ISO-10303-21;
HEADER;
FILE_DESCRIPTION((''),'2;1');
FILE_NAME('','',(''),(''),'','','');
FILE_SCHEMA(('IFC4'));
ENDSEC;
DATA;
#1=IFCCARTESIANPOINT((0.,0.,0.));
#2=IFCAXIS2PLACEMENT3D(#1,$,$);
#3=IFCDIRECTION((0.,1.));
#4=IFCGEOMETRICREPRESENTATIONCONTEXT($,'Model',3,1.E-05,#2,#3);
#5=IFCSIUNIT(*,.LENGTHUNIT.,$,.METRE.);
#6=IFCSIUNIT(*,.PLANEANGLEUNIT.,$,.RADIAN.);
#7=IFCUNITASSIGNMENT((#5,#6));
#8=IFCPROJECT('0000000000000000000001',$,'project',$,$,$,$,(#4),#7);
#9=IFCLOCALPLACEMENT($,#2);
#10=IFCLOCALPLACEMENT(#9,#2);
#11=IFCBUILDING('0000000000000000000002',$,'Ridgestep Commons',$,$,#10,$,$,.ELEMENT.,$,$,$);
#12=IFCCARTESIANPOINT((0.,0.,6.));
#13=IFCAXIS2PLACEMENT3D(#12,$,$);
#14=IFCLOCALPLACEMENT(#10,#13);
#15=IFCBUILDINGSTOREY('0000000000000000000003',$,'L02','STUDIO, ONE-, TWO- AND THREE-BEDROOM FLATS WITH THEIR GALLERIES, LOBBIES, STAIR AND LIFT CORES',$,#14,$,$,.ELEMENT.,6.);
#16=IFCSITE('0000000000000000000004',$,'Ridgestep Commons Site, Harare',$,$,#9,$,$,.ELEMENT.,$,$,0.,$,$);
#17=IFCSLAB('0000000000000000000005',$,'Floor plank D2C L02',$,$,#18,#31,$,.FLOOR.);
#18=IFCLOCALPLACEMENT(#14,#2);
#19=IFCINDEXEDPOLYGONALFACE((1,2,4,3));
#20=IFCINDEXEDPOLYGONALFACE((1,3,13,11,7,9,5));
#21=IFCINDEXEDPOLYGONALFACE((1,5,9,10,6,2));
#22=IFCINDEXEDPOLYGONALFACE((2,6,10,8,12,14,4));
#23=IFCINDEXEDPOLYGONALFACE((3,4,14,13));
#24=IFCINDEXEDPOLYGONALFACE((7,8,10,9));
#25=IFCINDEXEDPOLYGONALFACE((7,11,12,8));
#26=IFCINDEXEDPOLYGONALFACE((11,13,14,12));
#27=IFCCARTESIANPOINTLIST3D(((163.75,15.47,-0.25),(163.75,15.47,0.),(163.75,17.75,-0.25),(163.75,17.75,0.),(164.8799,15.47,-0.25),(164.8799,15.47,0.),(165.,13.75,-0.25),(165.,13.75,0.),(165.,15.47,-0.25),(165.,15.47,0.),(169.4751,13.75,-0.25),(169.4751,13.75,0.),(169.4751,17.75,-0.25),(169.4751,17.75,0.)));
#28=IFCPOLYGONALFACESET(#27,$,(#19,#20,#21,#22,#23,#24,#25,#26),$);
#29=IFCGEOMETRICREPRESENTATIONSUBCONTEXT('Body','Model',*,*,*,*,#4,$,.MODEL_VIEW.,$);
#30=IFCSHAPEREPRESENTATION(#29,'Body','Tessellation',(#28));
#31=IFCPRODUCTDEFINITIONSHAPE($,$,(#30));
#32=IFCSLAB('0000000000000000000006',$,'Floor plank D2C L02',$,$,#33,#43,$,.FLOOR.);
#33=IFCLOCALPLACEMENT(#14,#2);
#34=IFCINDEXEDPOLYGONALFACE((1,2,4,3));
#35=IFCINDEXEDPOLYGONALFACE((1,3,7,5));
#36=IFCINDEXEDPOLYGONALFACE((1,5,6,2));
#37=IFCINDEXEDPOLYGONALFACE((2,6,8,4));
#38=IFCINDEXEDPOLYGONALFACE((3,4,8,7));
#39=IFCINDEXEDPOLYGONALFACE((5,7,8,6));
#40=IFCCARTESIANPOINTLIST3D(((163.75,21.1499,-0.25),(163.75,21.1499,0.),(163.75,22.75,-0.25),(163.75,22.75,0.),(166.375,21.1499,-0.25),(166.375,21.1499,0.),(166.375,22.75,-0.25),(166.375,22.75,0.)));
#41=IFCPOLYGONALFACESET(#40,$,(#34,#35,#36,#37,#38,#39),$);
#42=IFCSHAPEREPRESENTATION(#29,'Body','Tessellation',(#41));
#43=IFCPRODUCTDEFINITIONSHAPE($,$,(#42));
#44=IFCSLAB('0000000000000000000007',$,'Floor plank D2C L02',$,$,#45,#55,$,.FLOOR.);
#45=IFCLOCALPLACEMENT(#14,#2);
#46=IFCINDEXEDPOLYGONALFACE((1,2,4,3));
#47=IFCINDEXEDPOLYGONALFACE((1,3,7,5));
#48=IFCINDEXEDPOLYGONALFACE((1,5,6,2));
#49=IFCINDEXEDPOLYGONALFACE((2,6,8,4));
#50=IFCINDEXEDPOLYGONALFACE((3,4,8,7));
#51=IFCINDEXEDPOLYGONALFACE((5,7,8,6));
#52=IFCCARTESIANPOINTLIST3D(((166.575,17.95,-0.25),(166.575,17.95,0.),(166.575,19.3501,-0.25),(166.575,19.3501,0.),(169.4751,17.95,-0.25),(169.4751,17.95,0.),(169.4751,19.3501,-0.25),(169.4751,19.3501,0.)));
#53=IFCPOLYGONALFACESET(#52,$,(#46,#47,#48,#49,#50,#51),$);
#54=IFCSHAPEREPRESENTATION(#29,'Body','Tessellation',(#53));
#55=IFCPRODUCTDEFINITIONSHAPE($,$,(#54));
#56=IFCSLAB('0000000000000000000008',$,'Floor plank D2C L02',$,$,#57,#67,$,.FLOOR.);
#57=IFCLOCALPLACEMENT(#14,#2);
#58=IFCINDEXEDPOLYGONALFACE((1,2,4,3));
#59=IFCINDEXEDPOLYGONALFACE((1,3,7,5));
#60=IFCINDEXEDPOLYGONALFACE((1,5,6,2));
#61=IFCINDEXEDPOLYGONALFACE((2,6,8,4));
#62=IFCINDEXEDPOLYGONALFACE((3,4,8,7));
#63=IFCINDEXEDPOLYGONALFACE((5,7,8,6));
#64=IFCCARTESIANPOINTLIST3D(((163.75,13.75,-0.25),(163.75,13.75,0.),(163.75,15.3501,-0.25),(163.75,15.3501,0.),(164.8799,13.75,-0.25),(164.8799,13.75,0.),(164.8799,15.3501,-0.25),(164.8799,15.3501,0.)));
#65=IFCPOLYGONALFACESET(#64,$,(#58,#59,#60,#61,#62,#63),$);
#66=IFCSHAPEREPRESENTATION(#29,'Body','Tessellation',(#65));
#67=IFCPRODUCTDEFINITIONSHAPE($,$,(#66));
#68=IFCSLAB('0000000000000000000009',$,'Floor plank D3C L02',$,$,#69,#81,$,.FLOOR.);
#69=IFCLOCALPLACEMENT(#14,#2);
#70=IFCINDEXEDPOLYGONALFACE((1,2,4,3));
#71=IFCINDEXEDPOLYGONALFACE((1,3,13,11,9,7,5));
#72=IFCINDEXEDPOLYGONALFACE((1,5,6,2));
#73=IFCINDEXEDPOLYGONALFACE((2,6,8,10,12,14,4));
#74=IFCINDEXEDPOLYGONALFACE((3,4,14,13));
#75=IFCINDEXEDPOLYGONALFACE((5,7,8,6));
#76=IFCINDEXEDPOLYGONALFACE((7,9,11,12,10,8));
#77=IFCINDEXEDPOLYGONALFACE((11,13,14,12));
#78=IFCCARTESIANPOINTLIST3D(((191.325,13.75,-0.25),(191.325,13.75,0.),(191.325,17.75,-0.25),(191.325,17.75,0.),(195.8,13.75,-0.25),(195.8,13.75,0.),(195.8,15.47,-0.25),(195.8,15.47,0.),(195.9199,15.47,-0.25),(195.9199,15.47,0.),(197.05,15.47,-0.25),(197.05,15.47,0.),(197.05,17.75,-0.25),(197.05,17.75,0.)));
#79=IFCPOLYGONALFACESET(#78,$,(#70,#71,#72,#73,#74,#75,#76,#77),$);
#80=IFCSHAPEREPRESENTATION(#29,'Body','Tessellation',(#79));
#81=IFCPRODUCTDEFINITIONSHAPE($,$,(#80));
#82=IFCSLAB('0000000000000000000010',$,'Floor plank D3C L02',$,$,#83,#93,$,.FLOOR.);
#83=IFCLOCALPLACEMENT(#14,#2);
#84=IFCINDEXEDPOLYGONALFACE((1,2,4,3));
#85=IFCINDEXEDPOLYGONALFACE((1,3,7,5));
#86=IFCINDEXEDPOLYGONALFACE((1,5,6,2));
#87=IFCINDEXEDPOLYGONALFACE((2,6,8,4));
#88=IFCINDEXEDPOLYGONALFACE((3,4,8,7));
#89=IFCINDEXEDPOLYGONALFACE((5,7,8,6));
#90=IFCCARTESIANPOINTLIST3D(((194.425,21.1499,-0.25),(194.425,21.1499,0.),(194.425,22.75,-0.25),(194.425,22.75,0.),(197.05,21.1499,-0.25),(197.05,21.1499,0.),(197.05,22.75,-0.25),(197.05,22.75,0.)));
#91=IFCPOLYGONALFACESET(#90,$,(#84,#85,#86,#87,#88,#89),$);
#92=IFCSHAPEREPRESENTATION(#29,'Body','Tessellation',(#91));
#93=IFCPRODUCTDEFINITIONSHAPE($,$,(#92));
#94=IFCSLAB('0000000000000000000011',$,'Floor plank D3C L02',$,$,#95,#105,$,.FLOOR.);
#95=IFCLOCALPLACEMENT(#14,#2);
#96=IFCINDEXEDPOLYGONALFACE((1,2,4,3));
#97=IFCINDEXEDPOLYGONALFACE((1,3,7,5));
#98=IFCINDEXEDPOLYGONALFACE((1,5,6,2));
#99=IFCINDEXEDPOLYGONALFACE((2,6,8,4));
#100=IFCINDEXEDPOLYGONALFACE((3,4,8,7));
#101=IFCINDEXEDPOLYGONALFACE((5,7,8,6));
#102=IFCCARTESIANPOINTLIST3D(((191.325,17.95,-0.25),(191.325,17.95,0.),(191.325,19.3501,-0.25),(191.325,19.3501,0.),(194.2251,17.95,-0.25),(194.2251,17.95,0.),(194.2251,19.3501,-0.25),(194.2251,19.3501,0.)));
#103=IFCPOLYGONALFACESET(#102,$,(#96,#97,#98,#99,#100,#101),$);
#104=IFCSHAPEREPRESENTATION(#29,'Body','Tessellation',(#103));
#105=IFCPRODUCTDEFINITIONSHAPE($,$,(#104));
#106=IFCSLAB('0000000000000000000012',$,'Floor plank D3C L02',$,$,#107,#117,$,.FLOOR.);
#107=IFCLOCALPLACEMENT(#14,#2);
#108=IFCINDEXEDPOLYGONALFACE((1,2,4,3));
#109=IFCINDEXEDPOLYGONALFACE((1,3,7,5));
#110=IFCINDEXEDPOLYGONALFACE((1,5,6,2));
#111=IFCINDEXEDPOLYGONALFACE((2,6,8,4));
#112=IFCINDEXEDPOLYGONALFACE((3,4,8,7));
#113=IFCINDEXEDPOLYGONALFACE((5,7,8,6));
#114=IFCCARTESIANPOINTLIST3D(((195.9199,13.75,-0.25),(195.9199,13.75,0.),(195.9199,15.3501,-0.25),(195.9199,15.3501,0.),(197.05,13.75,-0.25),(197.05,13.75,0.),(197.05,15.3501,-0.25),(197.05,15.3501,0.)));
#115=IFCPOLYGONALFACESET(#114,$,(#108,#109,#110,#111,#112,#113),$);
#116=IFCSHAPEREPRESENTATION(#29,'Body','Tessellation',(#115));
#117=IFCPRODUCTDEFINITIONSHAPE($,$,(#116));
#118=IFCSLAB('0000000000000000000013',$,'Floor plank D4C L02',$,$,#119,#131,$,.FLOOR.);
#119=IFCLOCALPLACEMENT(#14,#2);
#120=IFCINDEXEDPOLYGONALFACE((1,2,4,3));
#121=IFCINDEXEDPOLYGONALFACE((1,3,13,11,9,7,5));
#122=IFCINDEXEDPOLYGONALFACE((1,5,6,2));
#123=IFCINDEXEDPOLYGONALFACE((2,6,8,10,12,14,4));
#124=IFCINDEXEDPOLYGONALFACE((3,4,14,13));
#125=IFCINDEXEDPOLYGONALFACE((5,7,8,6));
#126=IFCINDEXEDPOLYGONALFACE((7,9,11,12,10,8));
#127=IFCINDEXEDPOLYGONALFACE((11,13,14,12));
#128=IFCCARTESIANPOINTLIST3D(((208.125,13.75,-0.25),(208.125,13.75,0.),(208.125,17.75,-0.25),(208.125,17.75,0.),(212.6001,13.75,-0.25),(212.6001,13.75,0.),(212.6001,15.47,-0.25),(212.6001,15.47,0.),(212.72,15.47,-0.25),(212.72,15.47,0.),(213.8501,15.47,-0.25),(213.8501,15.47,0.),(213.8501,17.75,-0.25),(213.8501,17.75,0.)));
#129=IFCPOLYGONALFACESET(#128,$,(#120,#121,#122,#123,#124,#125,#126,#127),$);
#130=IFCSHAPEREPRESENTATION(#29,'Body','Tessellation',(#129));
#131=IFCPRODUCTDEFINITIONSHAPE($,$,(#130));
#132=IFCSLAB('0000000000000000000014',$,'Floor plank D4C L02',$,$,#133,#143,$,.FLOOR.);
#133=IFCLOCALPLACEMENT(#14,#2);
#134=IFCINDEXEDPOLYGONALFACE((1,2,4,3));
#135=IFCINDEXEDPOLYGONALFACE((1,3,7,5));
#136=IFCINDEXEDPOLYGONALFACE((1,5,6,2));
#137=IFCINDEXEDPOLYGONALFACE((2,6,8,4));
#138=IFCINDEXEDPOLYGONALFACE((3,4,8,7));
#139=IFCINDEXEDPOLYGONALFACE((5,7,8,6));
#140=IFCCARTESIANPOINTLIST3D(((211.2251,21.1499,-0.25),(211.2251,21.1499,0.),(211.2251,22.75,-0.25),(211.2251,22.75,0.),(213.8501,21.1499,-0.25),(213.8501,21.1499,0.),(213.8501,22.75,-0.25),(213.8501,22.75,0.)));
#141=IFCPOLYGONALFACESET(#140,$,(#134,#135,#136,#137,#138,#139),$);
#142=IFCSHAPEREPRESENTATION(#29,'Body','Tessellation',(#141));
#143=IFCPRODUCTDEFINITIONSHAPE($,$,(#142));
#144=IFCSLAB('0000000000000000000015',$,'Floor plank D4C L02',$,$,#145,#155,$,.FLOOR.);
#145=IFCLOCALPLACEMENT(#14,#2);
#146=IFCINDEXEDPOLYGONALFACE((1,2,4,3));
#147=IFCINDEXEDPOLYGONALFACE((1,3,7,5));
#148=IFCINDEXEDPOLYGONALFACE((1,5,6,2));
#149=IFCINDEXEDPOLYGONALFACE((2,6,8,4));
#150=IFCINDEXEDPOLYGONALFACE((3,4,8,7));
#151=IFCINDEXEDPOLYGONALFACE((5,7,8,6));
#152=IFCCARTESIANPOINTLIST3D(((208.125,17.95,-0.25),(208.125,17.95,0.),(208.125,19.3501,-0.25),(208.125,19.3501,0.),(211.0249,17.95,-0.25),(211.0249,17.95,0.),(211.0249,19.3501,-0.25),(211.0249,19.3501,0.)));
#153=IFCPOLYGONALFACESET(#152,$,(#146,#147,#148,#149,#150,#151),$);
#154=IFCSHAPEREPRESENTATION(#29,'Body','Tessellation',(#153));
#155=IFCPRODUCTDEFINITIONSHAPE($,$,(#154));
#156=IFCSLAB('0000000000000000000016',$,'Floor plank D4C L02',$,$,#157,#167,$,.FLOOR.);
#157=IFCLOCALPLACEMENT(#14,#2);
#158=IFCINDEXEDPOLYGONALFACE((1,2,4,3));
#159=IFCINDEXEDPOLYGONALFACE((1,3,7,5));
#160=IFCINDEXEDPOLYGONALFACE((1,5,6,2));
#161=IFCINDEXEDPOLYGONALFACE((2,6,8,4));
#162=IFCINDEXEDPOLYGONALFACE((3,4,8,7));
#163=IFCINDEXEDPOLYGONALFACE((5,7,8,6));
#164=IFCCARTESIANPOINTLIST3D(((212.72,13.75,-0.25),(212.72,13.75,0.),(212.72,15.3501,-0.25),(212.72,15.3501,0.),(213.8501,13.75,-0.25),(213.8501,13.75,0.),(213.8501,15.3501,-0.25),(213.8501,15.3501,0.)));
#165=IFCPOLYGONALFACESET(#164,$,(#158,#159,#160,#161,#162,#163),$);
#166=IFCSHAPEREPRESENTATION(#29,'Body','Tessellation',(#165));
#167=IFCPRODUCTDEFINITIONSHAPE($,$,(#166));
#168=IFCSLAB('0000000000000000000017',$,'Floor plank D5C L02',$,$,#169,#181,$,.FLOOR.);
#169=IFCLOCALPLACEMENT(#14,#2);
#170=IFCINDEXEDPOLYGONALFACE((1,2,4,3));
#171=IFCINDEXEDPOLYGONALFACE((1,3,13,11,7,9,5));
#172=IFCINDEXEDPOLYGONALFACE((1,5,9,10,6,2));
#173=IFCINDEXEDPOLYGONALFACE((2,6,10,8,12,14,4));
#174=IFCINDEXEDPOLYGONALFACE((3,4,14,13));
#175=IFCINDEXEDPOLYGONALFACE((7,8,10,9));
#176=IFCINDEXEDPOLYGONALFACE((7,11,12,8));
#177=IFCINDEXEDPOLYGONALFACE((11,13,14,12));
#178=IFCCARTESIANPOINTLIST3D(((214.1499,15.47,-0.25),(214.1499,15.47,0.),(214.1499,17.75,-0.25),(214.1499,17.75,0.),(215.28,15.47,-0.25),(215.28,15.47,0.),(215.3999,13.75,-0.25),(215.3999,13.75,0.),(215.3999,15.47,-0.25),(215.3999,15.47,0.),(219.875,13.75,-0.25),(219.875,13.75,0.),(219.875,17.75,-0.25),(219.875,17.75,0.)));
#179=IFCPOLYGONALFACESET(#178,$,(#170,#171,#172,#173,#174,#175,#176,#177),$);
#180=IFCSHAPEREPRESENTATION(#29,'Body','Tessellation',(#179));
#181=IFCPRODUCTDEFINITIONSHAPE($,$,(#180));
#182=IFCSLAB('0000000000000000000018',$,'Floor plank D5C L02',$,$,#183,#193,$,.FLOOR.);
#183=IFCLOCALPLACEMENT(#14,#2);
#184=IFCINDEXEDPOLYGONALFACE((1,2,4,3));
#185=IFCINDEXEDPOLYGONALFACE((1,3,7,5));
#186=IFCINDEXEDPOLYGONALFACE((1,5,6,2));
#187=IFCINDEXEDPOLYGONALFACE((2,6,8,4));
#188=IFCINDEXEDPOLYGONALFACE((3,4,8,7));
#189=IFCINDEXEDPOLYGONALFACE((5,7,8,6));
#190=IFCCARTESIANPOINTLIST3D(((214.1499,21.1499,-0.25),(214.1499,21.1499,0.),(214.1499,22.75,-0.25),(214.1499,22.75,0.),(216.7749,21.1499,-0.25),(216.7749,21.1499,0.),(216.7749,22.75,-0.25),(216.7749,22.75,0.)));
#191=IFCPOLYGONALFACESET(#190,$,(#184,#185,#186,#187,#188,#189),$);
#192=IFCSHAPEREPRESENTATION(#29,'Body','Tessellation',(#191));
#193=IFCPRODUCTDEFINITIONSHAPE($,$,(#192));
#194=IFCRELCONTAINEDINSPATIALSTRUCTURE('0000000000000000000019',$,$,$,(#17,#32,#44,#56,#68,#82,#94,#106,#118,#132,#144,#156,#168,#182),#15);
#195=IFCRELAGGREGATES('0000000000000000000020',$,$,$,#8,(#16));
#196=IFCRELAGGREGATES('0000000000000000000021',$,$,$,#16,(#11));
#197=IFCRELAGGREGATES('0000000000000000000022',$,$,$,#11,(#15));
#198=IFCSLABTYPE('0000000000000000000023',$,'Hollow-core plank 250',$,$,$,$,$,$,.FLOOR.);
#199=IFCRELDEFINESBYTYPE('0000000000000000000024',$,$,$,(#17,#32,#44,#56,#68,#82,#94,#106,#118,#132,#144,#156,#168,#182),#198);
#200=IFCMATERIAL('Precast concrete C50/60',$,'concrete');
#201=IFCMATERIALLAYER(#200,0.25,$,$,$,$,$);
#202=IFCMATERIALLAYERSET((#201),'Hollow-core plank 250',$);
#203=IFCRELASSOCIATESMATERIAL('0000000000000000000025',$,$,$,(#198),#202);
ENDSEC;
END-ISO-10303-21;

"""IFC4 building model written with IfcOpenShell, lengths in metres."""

from ifc_helpers import new_model, si_unit, direction, frame, origin, place, context, subcontext, project, spatial, polyline, outline, extrude, material, layer, layer_set, type_object, element, save


model = new_model("IFC4")

# Units and contexts
model_context = context("Model", 3, precision=1e-05, world=origin(), true_north=direction((0.0, 1.0)))
body_context = subcontext(model_context, "Body", "Model", "MODEL_VIEW")
ifc_project = project(units=[si_unit("LENGTHUNIT", "METRE"), si_unit("PLANEANGLEUNIT", "RADIAN")], contexts=[model_context])

# Site, building, storey
site_placement = place(None, origin())
site = spatial("IfcSite", under=ifc_project, at=site_placement, Name="Ridgestep Commons Site, Harare", CompositionType="ELEMENT", RefElevation=0.0)
building_placement = place(site_placement, origin())
building = spatial("IfcBuilding", under=site, at=building_placement, Name="Ridgestep Commons", CompositionType="ELEMENT")
storey_placement = place(building_placement, frame((0.0, 0.0, 6.0)))
storey = spatial("IfcBuildingStorey", under=building, at=storey_placement, Name="L02", Description="STUDIO, ONE-, TWO- AND THREE-BEDROOM FLATS WITH THEIR GALLERIES, LOBBIES, STAIR AND LIFT CORES", CompositionType="ELEMENT", Elevation=6.0)

# Slabs
ifc_material_1 = material(Name="Precast concrete C50/60", Category="concrete")
ifc_layer_1 = layer(ifc_material_1, 0.25)
ifc_layer_set_1 = layer_set([ifc_layer_1], Name="Hollow-core plank 250")
slab_type_1 = type_object("IfcSlabType", Name="Hollow-core plank 250", PredefinedType="FLOOR", material=ifc_layer_set_1)
slab_1_placement = place(storey_placement, frame((0.0, 0.0, -0.25)))
element("IfcSlab", 1, at=slab_1_placement, inside=storey, type_object=slab_type_1, Name="Floor plank D2C L02", PredefinedType="FLOOR", context=body_context, shape_type="SweptSolid", body=[
    extrude(outline(polyline([(165.0, 13.75), (169.4751, 13.75), (169.4751, 17.75), (163.75, 17.75), (163.75, 15.47), (164.8799, 15.47), (165.0, 15.47), (165.0, 13.75)])), origin(), (0.0, 0.0, 1.0), 0.25),
])
slab_2_placement = place(storey_placement, frame((0.0, 0.0, -0.25)))
element("IfcSlab", 2, at=slab_2_placement, inside=storey, type_object=slab_type_1, Name="Floor plank D2C L02", PredefinedType="FLOOR", context=body_context, shape_type="SweptSolid", body=[
    extrude(outline(polyline([(166.375, 22.75), (163.75, 22.75), (163.75, 21.1499), (166.375, 21.1499), (166.375, 22.75)])), origin(), (0.0, 0.0, 1.0), 0.25),
])
slab_3_placement = place(storey_placement, frame((0.0, 0.0, -0.25)))
element("IfcSlab", 3, at=slab_3_placement, inside=storey, type_object=slab_type_1, Name="Floor plank D2C L02", PredefinedType="FLOOR", context=body_context, shape_type="SweptSolid", body=[
    extrude(outline(polyline([(169.4751, 17.95), (169.4751, 19.3501), (166.575, 19.3501), (166.575, 17.95), (169.4751, 17.95)])), origin(), (0.0, 0.0, 1.0), 0.25),
])
slab_4_placement = place(storey_placement, frame((0.0, 0.0, -0.25)))
element("IfcSlab", 4, at=slab_4_placement, inside=storey, type_object=slab_type_1, Name="Floor plank D2C L02", PredefinedType="FLOOR", context=body_context, shape_type="SweptSolid", body=[
    extrude(outline(polyline([(164.8799, 15.3501), (163.75, 15.3501), (163.75, 13.75), (164.8799, 13.75), (164.8799, 15.3501)])), origin(), (0.0, 0.0, 1.0), 0.25),
])
slab_5_placement = place(storey_placement, frame((0.0, 0.0, -0.25)))
element("IfcSlab", 5, at=slab_5_placement, inside=storey, type_object=slab_type_1, Name="Floor plank D3C L02", PredefinedType="FLOOR", context=body_context, shape_type="SweptSolid", body=[
    extrude(outline(polyline([(195.9199, 15.47), (197.05, 15.47), (197.05, 17.75), (191.325, 17.75), (191.325, 13.75), (195.8, 13.75), (195.8, 15.47), (195.9199, 15.47)])), origin(), (0.0, 0.0, 1.0), 0.25),
])
slab_6_placement = place(storey_placement, frame((0.0, 0.0, -0.25)))
element("IfcSlab", 6, at=slab_6_placement, inside=storey, type_object=slab_type_1, Name="Floor plank D3C L02", PredefinedType="FLOOR", context=body_context, shape_type="SweptSolid", body=[
    extrude(outline(polyline([(197.05, 21.1499), (197.05, 22.75), (194.425, 22.75), (194.425, 21.1499), (197.05, 21.1499)])), origin(), (0.0, 0.0, 1.0), 0.25),
])
slab_7_placement = place(storey_placement, frame((0.0, 0.0, -0.25)))
element("IfcSlab", 7, at=slab_7_placement, inside=storey, type_object=slab_type_1, Name="Floor plank D3C L02", PredefinedType="FLOOR", context=body_context, shape_type="SweptSolid", body=[
    extrude(outline(polyline([(194.2251, 17.95), (194.2251, 19.3501), (191.325, 19.3501), (191.325, 17.95), (194.2251, 17.95)])), origin(), (0.0, 0.0, 1.0), 0.25),
])
slab_8_placement = place(storey_placement, frame((0.0, 0.0, -0.25)))
element("IfcSlab", 8, at=slab_8_placement, inside=storey, type_object=slab_type_1, Name="Floor plank D3C L02", PredefinedType="FLOOR", context=body_context, shape_type="SweptSolid", body=[
    extrude(outline(polyline([(195.9199, 13.75), (197.05, 13.75), (197.05, 15.3501), (195.9199, 15.3501), (195.9199, 13.75)])), origin(), (0.0, 0.0, 1.0), 0.25),
])
slab_9_placement = place(storey_placement, frame((0.0, 0.0, -0.25)))
element("IfcSlab", 9, at=slab_9_placement, inside=storey, type_object=slab_type_1, Name="Floor plank D4C L02", PredefinedType="FLOOR", context=body_context, shape_type="SweptSolid", body=[
    extrude(outline(polyline([(212.72, 15.47), (213.8501, 15.47), (213.8501, 17.75), (208.125, 17.75), (208.125, 13.75), (212.6001, 13.75), (212.6001, 15.47), (212.72, 15.47)])), origin(), (0.0, 0.0, 1.0), 0.25),
])
slab_10_placement = place(storey_placement, frame((0.0, 0.0, -0.25)))
element("IfcSlab", 10, at=slab_10_placement, inside=storey, type_object=slab_type_1, Name="Floor plank D4C L02", PredefinedType="FLOOR", context=body_context, shape_type="SweptSolid", body=[
    extrude(outline(polyline([(213.8501, 21.1499), (213.8501, 22.75), (211.2251, 22.75), (211.2251, 21.1499), (213.8501, 21.1499)])), origin(), (0.0, 0.0, 1.0), 0.25),
])
slab_11_placement = place(storey_placement, frame((0.0, 0.0, -0.25)))
element("IfcSlab", 11, at=slab_11_placement, inside=storey, type_object=slab_type_1, Name="Floor plank D4C L02", PredefinedType="FLOOR", context=body_context, shape_type="SweptSolid", body=[
    extrude(outline(polyline([(211.0249, 17.95), (211.0249, 19.3501), (208.125, 19.3501), (208.125, 17.95), (211.0249, 17.95)])), origin(), (0.0, 0.0, 1.0), 0.25),
])
slab_12_placement = place(storey_placement, frame((0.0, 0.0, -0.25)))
element("IfcSlab", 12, at=slab_12_placement, inside=storey, type_object=slab_type_1, Name="Floor plank D4C L02", PredefinedType="FLOOR", context=body_context, shape_type="SweptSolid", body=[
    extrude(outline(polyline([(212.72, 13.75), (213.8501, 13.75), (213.8501, 15.3501), (212.72, 15.3501), (212.72, 13.75)])), origin(), (0.0, 0.0, 1.0), 0.25),
])
slab_13_placement = place(storey_placement, frame((0.0, 0.0, -0.25)))
element("IfcSlab", 13, at=slab_13_placement, inside=storey, type_object=slab_type_1, Name="Floor plank D5C L02", PredefinedType="FLOOR", context=body_context, shape_type="SweptSolid", body=[
    extrude(outline(polyline([(215.3999, 13.75), (219.875, 13.75), (219.875, 17.75), (214.1499, 17.75), (214.1499, 15.47), (215.28, 15.47), (215.3999, 15.47), (215.3999, 13.75)])), origin(), (0.0, 0.0, 1.0), 0.25),
])
slab_14_placement = place(storey_placement, frame((0.0, 0.0, -0.25)))
element("IfcSlab", 14, at=slab_14_placement, inside=storey, type_object=slab_type_1, Name="Floor plank D5C L02", PredefinedType="FLOOR", context=body_context, shape_type="SweptSolid", body=[
    extrude(outline(polyline([(216.7749, 22.75), (214.1499, 22.75), (214.1499, 21.1499), (216.7749, 21.1499), (216.7749, 22.75)])), origin(), (0.0, 0.0, 1.0), 0.25),
])

save(model, "model.ifc")
